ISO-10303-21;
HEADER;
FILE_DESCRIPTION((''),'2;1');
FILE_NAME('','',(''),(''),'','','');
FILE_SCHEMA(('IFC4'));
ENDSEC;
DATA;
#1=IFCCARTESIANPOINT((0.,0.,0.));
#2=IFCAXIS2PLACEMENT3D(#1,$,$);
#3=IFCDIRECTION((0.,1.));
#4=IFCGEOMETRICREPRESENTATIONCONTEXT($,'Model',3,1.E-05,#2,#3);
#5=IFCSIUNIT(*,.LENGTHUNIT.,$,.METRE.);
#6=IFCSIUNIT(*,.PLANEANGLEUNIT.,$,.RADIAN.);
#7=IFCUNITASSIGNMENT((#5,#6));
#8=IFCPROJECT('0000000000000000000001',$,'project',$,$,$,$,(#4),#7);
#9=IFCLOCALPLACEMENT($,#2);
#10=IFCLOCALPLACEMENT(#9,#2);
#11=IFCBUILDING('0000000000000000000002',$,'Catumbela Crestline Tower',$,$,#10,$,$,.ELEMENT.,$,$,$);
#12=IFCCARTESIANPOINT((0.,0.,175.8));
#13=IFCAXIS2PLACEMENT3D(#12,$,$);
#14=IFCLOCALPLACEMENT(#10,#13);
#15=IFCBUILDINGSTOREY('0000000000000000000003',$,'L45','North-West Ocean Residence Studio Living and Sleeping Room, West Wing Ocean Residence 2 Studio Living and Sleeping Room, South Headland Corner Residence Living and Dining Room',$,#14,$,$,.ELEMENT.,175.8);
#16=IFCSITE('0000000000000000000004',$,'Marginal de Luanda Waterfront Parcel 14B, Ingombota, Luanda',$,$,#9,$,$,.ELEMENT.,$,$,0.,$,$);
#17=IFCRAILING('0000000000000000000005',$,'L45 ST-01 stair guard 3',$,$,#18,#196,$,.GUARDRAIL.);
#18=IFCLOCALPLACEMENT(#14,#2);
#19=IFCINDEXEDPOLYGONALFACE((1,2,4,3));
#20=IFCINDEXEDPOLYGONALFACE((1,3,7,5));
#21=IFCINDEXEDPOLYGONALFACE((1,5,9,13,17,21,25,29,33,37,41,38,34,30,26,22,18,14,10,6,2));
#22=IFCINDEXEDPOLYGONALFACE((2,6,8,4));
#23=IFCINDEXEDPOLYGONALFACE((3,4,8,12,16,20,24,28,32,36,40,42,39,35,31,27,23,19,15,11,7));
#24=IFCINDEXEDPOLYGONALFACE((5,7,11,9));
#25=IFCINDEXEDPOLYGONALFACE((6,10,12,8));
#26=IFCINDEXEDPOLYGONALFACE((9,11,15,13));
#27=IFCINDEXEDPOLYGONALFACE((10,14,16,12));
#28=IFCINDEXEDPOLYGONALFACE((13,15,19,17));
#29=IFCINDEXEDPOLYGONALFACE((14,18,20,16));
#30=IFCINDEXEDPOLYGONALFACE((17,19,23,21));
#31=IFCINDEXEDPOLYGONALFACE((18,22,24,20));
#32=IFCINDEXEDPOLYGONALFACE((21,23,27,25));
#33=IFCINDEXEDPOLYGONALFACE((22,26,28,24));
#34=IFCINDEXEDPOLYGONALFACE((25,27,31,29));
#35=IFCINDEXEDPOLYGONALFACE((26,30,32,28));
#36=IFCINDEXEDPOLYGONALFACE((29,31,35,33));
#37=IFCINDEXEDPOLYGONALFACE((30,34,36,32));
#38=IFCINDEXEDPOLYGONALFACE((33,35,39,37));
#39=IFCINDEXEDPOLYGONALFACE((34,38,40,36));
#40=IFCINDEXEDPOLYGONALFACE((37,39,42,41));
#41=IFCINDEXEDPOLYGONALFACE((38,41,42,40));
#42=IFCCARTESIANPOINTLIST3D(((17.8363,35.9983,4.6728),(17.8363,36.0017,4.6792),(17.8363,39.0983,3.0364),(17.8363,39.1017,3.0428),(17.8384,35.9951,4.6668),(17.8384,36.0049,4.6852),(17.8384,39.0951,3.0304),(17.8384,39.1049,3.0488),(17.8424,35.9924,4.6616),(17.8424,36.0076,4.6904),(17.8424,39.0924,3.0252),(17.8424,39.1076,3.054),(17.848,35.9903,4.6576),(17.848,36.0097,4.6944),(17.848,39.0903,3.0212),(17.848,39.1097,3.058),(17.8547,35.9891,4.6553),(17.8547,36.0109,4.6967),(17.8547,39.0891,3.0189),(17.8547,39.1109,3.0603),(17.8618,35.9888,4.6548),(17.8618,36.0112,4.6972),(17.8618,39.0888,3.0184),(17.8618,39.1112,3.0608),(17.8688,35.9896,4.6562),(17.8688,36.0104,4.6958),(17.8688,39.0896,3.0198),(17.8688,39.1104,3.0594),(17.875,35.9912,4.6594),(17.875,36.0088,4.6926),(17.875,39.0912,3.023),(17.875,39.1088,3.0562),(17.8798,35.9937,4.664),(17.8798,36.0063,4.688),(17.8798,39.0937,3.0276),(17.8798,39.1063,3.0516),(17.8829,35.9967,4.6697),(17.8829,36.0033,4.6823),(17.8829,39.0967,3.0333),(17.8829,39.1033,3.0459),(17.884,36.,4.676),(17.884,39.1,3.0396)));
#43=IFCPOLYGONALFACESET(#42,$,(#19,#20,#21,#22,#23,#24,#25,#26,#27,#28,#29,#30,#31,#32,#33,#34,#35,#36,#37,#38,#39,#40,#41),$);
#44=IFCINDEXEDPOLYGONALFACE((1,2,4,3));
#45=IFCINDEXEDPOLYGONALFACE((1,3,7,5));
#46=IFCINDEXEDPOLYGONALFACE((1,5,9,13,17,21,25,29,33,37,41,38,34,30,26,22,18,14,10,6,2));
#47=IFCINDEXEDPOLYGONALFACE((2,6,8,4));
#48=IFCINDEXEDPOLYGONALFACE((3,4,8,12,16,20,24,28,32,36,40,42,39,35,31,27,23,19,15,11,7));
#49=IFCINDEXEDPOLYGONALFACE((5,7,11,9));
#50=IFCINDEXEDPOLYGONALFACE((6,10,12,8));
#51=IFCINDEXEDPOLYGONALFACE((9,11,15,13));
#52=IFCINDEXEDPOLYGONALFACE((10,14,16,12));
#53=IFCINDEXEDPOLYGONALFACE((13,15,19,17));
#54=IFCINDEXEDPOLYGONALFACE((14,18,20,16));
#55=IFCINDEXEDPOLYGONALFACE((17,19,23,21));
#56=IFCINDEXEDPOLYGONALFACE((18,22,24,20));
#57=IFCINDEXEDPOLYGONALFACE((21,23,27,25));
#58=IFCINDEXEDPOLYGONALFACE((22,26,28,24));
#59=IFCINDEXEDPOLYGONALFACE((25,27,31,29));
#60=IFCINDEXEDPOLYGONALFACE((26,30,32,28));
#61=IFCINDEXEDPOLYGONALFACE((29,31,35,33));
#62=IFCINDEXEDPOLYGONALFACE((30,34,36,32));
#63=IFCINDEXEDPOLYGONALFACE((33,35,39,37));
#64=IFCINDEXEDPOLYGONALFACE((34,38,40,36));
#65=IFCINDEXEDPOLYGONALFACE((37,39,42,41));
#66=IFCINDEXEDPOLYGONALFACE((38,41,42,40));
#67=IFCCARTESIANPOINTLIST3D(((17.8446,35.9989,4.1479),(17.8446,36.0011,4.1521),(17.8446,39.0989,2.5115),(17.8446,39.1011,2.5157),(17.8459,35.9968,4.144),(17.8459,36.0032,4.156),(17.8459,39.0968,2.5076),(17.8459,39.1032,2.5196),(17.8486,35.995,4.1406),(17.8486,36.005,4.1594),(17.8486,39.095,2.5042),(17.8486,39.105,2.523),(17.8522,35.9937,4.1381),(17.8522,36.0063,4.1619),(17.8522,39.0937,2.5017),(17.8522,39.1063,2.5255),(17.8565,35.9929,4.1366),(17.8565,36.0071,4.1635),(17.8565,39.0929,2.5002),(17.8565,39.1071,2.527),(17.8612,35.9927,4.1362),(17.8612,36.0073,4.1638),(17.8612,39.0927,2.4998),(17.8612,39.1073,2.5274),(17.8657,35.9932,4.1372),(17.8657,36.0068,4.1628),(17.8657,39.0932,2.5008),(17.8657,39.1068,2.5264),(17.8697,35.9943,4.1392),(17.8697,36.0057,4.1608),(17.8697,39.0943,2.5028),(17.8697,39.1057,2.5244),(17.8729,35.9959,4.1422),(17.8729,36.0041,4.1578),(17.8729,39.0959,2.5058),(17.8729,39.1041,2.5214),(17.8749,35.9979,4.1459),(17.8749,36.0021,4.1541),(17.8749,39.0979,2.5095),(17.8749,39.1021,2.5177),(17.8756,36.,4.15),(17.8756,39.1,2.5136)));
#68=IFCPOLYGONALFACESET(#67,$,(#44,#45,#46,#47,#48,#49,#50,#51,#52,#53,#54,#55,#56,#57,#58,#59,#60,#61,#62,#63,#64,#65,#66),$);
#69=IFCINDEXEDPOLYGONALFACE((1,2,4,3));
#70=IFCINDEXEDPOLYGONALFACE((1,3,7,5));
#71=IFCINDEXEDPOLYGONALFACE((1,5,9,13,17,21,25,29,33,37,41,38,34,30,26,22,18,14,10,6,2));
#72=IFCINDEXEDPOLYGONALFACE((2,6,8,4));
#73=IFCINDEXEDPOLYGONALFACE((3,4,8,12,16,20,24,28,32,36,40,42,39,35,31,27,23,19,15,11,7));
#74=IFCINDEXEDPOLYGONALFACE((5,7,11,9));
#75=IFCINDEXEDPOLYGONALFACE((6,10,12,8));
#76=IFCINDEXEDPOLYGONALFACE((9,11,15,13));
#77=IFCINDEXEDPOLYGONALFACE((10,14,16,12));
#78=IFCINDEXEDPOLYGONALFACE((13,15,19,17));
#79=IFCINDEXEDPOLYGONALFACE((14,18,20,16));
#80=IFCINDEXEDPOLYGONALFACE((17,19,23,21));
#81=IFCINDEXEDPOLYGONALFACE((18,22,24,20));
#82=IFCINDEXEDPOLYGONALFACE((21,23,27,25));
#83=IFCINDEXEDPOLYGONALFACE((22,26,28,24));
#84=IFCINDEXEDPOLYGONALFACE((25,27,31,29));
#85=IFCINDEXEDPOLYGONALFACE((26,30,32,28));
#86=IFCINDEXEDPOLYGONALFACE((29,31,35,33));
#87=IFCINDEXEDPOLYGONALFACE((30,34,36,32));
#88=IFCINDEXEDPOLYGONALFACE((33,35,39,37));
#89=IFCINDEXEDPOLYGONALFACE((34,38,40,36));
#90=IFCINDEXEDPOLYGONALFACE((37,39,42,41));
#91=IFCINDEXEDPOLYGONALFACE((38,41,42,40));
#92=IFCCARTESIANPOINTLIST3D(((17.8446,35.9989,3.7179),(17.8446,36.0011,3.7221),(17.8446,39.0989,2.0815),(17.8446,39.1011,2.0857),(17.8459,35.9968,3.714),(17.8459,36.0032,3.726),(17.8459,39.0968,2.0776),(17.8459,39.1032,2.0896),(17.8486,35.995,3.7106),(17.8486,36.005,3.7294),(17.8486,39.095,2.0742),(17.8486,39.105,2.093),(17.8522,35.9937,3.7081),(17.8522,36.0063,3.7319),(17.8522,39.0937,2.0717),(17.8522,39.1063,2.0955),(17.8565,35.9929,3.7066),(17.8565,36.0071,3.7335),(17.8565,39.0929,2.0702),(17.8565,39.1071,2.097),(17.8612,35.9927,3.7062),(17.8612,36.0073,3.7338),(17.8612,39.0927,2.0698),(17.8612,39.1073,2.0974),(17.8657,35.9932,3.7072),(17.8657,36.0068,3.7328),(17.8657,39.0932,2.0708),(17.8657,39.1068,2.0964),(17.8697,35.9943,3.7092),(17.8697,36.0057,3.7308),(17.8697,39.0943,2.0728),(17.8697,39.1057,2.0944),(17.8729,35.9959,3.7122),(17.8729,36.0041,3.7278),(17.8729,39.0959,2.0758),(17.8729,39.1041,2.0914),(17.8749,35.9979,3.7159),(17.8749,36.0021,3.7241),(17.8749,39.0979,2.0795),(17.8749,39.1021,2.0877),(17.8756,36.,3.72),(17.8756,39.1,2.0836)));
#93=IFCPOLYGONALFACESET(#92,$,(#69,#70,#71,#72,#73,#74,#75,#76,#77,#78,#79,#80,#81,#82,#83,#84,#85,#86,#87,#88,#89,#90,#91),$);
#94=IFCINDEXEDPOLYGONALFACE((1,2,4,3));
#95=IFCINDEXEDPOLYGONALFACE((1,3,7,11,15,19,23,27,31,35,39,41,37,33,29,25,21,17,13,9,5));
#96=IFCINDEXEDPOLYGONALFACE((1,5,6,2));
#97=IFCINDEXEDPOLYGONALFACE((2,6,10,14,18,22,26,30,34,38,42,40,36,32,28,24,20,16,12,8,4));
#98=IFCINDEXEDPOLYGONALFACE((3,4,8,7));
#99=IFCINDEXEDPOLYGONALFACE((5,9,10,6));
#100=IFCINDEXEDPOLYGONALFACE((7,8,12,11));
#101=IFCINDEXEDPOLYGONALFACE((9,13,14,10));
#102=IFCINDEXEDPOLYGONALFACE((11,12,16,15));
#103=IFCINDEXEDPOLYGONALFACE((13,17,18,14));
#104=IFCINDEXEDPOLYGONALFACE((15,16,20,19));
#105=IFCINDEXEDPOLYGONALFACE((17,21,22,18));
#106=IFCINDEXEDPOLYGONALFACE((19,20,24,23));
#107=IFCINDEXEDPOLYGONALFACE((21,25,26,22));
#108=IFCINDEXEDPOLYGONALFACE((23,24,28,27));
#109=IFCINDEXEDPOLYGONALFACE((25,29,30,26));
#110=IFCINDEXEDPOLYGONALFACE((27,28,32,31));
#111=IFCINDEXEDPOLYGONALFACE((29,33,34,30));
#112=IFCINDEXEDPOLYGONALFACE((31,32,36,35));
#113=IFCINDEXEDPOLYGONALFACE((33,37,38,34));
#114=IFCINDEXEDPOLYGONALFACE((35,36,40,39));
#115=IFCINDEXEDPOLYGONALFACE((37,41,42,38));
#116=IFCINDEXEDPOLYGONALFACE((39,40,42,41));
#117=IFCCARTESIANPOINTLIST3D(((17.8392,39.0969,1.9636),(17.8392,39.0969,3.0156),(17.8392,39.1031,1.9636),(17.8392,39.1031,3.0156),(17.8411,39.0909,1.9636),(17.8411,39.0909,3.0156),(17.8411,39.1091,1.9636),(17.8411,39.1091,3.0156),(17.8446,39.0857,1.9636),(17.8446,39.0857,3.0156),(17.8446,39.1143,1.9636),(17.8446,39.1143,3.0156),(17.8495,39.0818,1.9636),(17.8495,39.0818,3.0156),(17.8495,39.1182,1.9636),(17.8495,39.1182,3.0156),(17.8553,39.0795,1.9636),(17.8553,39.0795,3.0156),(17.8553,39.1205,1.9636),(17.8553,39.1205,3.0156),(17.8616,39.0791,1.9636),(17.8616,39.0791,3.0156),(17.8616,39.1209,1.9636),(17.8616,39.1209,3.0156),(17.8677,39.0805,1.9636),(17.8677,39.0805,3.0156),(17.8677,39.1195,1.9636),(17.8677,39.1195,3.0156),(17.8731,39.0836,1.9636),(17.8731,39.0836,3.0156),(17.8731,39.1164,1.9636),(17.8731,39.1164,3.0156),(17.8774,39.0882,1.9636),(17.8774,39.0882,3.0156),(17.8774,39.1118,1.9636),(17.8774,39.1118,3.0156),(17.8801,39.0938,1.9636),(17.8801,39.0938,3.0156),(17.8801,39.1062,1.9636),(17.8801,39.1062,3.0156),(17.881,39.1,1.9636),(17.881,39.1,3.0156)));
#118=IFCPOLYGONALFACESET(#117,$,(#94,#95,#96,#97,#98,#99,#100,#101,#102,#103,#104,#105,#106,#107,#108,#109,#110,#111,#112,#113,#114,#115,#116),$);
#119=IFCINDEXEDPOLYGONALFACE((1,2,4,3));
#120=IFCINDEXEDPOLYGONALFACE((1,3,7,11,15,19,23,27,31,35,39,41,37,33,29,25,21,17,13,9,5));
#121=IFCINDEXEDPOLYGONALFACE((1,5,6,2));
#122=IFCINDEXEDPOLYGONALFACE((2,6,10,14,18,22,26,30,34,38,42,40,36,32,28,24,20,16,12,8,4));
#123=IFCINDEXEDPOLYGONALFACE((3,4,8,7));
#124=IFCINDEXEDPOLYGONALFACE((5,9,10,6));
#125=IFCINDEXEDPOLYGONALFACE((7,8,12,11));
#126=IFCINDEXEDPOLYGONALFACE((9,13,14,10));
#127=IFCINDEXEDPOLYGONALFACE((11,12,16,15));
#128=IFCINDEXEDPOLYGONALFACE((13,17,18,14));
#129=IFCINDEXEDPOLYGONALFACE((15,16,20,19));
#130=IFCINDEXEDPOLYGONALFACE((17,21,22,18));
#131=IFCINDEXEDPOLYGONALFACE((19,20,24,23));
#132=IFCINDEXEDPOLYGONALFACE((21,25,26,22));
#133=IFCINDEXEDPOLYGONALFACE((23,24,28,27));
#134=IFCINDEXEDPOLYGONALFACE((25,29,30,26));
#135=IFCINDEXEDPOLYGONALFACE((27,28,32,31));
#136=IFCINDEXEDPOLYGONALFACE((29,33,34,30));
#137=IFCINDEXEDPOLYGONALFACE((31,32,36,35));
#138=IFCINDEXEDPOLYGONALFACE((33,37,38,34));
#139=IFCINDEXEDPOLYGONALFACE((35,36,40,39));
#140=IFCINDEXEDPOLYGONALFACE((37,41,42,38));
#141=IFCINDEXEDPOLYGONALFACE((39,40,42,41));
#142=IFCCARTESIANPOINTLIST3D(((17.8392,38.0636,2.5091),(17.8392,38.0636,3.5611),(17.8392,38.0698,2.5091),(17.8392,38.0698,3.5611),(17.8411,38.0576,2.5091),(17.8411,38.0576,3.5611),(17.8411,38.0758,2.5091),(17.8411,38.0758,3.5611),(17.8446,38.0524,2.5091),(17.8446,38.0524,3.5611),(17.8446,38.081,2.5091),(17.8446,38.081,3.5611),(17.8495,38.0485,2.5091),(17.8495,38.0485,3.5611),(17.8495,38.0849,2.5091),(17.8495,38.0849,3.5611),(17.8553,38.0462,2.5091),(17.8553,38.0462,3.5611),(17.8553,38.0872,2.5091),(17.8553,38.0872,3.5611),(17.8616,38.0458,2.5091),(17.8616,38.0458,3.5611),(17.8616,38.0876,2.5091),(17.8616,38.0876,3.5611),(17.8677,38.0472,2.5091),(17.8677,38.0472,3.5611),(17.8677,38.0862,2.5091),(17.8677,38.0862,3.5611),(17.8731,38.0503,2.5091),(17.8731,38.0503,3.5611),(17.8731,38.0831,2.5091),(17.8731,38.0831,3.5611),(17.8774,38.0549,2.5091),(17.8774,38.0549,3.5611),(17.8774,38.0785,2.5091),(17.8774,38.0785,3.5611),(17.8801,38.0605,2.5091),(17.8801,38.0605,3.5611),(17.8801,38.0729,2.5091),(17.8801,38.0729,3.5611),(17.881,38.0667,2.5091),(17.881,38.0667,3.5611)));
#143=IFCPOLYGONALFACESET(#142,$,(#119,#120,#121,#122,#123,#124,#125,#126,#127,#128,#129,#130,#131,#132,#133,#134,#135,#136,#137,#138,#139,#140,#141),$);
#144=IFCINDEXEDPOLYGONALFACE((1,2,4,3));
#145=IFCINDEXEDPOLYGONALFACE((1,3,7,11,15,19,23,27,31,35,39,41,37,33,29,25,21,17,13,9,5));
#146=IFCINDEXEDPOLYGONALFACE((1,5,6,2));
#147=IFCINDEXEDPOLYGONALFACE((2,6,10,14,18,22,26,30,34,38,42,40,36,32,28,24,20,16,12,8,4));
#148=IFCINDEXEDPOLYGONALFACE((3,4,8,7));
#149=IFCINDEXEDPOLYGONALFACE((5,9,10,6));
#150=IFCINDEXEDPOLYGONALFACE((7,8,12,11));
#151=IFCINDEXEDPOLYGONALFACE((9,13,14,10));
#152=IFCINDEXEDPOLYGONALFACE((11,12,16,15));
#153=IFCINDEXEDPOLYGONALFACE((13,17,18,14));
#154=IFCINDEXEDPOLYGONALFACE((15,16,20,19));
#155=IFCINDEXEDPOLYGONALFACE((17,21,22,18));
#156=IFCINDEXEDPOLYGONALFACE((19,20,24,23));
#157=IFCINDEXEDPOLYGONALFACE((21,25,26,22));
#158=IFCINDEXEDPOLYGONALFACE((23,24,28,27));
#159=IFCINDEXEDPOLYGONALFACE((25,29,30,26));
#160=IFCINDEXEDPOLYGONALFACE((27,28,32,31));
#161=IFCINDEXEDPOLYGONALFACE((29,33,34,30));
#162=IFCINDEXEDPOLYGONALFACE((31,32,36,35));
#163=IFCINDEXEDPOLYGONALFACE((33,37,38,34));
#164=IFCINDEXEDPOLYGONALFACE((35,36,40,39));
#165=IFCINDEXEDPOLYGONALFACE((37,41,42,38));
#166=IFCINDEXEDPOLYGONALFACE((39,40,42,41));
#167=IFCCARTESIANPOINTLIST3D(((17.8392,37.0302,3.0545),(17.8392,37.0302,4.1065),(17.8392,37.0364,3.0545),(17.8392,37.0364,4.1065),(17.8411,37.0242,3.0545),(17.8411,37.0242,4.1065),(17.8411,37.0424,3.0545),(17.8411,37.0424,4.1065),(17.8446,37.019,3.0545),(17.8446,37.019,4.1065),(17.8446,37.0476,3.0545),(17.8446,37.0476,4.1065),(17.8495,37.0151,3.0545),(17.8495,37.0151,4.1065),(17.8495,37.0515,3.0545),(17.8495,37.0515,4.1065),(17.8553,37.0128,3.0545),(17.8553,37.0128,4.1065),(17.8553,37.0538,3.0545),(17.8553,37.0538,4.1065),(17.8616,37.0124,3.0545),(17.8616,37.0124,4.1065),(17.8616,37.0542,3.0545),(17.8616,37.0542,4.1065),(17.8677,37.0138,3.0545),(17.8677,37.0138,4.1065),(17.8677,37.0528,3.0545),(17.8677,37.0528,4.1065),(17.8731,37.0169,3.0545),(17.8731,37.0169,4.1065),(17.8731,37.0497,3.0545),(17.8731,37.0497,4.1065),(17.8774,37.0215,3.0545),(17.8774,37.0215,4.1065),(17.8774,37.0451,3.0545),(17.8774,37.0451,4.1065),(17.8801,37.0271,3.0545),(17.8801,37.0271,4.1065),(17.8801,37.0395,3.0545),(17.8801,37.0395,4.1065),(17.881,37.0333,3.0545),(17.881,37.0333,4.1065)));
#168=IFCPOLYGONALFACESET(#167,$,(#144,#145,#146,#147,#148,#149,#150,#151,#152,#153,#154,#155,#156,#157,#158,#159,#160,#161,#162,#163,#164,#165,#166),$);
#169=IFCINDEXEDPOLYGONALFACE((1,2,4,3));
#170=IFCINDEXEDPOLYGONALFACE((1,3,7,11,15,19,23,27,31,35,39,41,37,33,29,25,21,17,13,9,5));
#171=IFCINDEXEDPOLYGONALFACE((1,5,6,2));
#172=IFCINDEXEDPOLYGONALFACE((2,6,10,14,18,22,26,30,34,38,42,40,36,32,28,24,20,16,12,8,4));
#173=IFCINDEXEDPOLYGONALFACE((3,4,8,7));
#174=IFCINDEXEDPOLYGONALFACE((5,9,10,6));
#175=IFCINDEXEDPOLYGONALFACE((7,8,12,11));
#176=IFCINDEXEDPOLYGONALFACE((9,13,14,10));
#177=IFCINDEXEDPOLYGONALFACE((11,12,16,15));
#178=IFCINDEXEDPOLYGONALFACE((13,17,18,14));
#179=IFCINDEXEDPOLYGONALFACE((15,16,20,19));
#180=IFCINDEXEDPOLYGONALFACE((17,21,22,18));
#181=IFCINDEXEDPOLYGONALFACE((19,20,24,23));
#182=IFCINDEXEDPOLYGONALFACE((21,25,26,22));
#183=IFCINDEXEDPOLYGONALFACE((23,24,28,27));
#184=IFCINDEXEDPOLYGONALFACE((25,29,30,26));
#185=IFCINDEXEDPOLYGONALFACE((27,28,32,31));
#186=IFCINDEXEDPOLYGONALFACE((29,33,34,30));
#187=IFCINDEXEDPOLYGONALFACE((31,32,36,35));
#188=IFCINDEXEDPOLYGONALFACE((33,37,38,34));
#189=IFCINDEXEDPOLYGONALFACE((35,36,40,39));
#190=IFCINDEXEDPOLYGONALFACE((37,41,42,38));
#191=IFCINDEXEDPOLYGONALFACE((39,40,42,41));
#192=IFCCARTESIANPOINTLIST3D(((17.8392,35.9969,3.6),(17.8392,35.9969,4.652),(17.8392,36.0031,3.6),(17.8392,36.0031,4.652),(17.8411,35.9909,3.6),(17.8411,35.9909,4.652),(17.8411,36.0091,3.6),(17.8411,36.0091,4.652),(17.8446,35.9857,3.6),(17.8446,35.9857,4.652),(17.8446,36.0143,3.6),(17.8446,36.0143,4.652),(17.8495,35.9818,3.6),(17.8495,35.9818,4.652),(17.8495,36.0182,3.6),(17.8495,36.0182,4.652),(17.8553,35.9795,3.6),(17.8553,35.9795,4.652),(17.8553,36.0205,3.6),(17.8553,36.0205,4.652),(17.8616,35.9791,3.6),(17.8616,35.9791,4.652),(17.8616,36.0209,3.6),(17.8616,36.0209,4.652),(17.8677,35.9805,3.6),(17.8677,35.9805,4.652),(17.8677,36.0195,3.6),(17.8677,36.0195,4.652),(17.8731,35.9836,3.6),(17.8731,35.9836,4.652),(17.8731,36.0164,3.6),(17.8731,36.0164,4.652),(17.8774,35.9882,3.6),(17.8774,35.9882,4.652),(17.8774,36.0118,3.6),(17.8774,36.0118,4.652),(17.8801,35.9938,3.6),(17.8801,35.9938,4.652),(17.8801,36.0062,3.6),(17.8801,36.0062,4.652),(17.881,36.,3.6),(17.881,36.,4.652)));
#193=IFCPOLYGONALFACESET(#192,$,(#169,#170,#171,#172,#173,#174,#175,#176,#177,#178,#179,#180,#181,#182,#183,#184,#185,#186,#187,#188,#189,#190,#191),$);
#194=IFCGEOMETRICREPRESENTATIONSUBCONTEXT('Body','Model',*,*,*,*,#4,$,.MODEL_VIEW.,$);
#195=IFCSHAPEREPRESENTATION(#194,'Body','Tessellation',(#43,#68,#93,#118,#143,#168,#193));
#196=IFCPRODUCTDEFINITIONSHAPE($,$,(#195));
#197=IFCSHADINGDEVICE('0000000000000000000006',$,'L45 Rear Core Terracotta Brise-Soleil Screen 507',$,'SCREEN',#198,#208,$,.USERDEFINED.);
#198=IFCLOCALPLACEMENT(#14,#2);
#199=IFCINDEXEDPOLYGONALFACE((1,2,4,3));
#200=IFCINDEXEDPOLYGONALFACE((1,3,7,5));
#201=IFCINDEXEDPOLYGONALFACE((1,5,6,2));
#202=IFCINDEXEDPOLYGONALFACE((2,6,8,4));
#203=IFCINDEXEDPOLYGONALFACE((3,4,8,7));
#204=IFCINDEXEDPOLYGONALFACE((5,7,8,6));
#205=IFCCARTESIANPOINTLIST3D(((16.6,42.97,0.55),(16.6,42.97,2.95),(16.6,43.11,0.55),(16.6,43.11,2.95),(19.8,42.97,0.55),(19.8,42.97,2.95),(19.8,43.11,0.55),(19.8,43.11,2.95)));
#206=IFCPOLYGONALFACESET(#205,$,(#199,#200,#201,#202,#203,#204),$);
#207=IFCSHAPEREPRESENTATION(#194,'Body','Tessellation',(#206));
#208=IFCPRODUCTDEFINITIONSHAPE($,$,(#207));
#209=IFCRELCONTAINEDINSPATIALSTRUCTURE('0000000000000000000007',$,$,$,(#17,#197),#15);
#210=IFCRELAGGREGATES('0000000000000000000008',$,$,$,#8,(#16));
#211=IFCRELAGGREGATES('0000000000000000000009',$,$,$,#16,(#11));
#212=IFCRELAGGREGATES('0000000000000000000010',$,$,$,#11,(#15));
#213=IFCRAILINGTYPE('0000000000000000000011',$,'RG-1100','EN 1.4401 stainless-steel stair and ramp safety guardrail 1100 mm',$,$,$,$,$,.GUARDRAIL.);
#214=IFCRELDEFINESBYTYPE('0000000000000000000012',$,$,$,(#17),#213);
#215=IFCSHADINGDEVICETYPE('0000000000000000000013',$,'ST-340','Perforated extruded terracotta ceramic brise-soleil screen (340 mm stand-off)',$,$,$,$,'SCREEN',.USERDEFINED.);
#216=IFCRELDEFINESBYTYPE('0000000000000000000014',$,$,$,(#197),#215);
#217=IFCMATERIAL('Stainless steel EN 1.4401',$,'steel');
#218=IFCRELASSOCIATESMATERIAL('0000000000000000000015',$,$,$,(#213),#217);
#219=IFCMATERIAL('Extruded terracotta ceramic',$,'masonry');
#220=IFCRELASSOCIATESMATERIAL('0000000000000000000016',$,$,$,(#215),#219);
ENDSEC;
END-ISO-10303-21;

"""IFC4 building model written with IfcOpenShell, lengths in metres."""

from ifc_helpers import new_model, si_unit, direction, frame, origin, origin_2d, place, context, subcontext, project, spatial, rectangle, circle, extrude, material, type_object, element, save


model = new_model("IFC4")

# Units and contexts
model_context = context("Model", 3, precision=1e-05, world=origin(), true_north=direction((0.0, 1.0)))
body_context = subcontext(model_context, "Body", "Model", "MODEL_VIEW")
ifc_project = project(units=[si_unit("LENGTHUNIT", "METRE"), si_unit("PLANEANGLEUNIT", "RADIAN")], contexts=[model_context])

# Site, building, storey
site_placement = place(None, origin())
site = spatial("IfcSite", under=ifc_project, at=site_placement, Name="Marginal de Luanda Waterfront Parcel 14B, Ingombota, Luanda", CompositionType="ELEMENT", RefElevation=0.0)
building_placement = place(site_placement, origin())
building = spatial("IfcBuilding", under=site, at=building_placement, Name="Catumbela Crestline Tower", CompositionType="ELEMENT")
storey_placement = place(building_placement, frame((0.0, 0.0, 175.8)))
storey = spatial("IfcBuildingStorey", under=building, at=storey_placement, Name="L45", Description="North-West Ocean Residence Studio Living and Sleeping Room, West Wing Ocean Residence 2 Studio Living and Sleeping Room, South Headland Corner Residence Living and Dining Room", CompositionType="ELEMENT", Elevation=175.8)

# Railing
ifc_material_1 = material(Name="Stainless steel EN 1.4401", Category="steel")
railing_type = type_object("IfcRailingType", Name="RG-1100", Description="EN 1.4401 stainless-steel stair and ramp safety guardrail 1100 mm", PredefinedType="GUARDRAIL", material=ifc_material_1)
railing_1_placement = place(storey_placement, frame((17.86, 39.1, 1.9636)))
element("IfcRailing", 1, at=railing_1_placement, inside=storey, type_object=railing_type, Name="L45 ST-01 stair guard 3", PredefinedType="GUARDRAIL", context=body_context, shape_type="SweptSolid", body=[
    extrude(circle(Radius=0.024, at=origin_2d()), frame((0.0, 0.0, 1.076), z_axis=(0.0, -0.884351, 0.466823), x_axis=(1.0, 0.0, 0.0)), (0.0, 0.0, 1.0), 3.5054),
    extrude(circle(Radius=0.0156, at=origin_2d()), frame((0.0, 0.0, 0.55), z_axis=(0.0, -0.884351, 0.466823), x_axis=(1.0, 0.0, 0.0)), (0.0, 0.0, 1.0), 3.5054),
    extrude(circle(Radius=0.0156, at=origin_2d()), frame((0.0, 0.0, 0.12), z_axis=(0.0, -0.884351, 0.466823), x_axis=(1.0, 0.0, 0.0)), (0.0, 0.0, 1.0), 3.5054),
    extrude(circle(Radius=0.021, at=origin_2d()), origin(), (0.0, 0.0, 1.0), 1.052),
    extrude(circle(Radius=0.021, at=origin_2d()), frame((0.0, -1.0333, 0.5455)), (0.0, 0.0, 1.0), 1.052),
    extrude(circle(Radius=0.021, at=origin_2d()), frame((0.0, -2.0667, 1.0909)), (0.0, 0.0, 1.0), 1.052),
    extrude(circle(Radius=0.021, at=origin_2d()), frame((0.0, -3.1, 1.6364)), (0.0, 0.0, 1.0), 1.052),
])

# Shading device
ifc_material_2 = material(Name="Extruded terracotta ceramic", Category="masonry")
shading_device_type = type_object("IfcShadingDeviceType", Name="ST-340", Description="Perforated extruded terracotta ceramic brise-soleil screen (340 mm stand-off)", ElementType="SCREEN", PredefinedType="USERDEFINED", material=ifc_material_2)
shading_device_placement = place(storey_placement, frame((18.2, 43.04, 0.55), z_axis=(0.0, 0.0, 1.0), x_axis=(1.0, 0.0, 0.0)))
element("IfcShadingDevice", 2, at=shading_device_placement, inside=storey, type_object=shading_device_type, Name="L45 Rear Core Terracotta Brise-Soleil Screen 507", ObjectType="SCREEN", PredefinedType="USERDEFINED", context=body_context, shape_type="SweptSolid", body=[
    extrude(rectangle(XDim=3.2, YDim=0.14, at=origin_2d()), origin(), (0.0, 0.0, 1.0), 2.4),
])

save(model, "model.ifc")
